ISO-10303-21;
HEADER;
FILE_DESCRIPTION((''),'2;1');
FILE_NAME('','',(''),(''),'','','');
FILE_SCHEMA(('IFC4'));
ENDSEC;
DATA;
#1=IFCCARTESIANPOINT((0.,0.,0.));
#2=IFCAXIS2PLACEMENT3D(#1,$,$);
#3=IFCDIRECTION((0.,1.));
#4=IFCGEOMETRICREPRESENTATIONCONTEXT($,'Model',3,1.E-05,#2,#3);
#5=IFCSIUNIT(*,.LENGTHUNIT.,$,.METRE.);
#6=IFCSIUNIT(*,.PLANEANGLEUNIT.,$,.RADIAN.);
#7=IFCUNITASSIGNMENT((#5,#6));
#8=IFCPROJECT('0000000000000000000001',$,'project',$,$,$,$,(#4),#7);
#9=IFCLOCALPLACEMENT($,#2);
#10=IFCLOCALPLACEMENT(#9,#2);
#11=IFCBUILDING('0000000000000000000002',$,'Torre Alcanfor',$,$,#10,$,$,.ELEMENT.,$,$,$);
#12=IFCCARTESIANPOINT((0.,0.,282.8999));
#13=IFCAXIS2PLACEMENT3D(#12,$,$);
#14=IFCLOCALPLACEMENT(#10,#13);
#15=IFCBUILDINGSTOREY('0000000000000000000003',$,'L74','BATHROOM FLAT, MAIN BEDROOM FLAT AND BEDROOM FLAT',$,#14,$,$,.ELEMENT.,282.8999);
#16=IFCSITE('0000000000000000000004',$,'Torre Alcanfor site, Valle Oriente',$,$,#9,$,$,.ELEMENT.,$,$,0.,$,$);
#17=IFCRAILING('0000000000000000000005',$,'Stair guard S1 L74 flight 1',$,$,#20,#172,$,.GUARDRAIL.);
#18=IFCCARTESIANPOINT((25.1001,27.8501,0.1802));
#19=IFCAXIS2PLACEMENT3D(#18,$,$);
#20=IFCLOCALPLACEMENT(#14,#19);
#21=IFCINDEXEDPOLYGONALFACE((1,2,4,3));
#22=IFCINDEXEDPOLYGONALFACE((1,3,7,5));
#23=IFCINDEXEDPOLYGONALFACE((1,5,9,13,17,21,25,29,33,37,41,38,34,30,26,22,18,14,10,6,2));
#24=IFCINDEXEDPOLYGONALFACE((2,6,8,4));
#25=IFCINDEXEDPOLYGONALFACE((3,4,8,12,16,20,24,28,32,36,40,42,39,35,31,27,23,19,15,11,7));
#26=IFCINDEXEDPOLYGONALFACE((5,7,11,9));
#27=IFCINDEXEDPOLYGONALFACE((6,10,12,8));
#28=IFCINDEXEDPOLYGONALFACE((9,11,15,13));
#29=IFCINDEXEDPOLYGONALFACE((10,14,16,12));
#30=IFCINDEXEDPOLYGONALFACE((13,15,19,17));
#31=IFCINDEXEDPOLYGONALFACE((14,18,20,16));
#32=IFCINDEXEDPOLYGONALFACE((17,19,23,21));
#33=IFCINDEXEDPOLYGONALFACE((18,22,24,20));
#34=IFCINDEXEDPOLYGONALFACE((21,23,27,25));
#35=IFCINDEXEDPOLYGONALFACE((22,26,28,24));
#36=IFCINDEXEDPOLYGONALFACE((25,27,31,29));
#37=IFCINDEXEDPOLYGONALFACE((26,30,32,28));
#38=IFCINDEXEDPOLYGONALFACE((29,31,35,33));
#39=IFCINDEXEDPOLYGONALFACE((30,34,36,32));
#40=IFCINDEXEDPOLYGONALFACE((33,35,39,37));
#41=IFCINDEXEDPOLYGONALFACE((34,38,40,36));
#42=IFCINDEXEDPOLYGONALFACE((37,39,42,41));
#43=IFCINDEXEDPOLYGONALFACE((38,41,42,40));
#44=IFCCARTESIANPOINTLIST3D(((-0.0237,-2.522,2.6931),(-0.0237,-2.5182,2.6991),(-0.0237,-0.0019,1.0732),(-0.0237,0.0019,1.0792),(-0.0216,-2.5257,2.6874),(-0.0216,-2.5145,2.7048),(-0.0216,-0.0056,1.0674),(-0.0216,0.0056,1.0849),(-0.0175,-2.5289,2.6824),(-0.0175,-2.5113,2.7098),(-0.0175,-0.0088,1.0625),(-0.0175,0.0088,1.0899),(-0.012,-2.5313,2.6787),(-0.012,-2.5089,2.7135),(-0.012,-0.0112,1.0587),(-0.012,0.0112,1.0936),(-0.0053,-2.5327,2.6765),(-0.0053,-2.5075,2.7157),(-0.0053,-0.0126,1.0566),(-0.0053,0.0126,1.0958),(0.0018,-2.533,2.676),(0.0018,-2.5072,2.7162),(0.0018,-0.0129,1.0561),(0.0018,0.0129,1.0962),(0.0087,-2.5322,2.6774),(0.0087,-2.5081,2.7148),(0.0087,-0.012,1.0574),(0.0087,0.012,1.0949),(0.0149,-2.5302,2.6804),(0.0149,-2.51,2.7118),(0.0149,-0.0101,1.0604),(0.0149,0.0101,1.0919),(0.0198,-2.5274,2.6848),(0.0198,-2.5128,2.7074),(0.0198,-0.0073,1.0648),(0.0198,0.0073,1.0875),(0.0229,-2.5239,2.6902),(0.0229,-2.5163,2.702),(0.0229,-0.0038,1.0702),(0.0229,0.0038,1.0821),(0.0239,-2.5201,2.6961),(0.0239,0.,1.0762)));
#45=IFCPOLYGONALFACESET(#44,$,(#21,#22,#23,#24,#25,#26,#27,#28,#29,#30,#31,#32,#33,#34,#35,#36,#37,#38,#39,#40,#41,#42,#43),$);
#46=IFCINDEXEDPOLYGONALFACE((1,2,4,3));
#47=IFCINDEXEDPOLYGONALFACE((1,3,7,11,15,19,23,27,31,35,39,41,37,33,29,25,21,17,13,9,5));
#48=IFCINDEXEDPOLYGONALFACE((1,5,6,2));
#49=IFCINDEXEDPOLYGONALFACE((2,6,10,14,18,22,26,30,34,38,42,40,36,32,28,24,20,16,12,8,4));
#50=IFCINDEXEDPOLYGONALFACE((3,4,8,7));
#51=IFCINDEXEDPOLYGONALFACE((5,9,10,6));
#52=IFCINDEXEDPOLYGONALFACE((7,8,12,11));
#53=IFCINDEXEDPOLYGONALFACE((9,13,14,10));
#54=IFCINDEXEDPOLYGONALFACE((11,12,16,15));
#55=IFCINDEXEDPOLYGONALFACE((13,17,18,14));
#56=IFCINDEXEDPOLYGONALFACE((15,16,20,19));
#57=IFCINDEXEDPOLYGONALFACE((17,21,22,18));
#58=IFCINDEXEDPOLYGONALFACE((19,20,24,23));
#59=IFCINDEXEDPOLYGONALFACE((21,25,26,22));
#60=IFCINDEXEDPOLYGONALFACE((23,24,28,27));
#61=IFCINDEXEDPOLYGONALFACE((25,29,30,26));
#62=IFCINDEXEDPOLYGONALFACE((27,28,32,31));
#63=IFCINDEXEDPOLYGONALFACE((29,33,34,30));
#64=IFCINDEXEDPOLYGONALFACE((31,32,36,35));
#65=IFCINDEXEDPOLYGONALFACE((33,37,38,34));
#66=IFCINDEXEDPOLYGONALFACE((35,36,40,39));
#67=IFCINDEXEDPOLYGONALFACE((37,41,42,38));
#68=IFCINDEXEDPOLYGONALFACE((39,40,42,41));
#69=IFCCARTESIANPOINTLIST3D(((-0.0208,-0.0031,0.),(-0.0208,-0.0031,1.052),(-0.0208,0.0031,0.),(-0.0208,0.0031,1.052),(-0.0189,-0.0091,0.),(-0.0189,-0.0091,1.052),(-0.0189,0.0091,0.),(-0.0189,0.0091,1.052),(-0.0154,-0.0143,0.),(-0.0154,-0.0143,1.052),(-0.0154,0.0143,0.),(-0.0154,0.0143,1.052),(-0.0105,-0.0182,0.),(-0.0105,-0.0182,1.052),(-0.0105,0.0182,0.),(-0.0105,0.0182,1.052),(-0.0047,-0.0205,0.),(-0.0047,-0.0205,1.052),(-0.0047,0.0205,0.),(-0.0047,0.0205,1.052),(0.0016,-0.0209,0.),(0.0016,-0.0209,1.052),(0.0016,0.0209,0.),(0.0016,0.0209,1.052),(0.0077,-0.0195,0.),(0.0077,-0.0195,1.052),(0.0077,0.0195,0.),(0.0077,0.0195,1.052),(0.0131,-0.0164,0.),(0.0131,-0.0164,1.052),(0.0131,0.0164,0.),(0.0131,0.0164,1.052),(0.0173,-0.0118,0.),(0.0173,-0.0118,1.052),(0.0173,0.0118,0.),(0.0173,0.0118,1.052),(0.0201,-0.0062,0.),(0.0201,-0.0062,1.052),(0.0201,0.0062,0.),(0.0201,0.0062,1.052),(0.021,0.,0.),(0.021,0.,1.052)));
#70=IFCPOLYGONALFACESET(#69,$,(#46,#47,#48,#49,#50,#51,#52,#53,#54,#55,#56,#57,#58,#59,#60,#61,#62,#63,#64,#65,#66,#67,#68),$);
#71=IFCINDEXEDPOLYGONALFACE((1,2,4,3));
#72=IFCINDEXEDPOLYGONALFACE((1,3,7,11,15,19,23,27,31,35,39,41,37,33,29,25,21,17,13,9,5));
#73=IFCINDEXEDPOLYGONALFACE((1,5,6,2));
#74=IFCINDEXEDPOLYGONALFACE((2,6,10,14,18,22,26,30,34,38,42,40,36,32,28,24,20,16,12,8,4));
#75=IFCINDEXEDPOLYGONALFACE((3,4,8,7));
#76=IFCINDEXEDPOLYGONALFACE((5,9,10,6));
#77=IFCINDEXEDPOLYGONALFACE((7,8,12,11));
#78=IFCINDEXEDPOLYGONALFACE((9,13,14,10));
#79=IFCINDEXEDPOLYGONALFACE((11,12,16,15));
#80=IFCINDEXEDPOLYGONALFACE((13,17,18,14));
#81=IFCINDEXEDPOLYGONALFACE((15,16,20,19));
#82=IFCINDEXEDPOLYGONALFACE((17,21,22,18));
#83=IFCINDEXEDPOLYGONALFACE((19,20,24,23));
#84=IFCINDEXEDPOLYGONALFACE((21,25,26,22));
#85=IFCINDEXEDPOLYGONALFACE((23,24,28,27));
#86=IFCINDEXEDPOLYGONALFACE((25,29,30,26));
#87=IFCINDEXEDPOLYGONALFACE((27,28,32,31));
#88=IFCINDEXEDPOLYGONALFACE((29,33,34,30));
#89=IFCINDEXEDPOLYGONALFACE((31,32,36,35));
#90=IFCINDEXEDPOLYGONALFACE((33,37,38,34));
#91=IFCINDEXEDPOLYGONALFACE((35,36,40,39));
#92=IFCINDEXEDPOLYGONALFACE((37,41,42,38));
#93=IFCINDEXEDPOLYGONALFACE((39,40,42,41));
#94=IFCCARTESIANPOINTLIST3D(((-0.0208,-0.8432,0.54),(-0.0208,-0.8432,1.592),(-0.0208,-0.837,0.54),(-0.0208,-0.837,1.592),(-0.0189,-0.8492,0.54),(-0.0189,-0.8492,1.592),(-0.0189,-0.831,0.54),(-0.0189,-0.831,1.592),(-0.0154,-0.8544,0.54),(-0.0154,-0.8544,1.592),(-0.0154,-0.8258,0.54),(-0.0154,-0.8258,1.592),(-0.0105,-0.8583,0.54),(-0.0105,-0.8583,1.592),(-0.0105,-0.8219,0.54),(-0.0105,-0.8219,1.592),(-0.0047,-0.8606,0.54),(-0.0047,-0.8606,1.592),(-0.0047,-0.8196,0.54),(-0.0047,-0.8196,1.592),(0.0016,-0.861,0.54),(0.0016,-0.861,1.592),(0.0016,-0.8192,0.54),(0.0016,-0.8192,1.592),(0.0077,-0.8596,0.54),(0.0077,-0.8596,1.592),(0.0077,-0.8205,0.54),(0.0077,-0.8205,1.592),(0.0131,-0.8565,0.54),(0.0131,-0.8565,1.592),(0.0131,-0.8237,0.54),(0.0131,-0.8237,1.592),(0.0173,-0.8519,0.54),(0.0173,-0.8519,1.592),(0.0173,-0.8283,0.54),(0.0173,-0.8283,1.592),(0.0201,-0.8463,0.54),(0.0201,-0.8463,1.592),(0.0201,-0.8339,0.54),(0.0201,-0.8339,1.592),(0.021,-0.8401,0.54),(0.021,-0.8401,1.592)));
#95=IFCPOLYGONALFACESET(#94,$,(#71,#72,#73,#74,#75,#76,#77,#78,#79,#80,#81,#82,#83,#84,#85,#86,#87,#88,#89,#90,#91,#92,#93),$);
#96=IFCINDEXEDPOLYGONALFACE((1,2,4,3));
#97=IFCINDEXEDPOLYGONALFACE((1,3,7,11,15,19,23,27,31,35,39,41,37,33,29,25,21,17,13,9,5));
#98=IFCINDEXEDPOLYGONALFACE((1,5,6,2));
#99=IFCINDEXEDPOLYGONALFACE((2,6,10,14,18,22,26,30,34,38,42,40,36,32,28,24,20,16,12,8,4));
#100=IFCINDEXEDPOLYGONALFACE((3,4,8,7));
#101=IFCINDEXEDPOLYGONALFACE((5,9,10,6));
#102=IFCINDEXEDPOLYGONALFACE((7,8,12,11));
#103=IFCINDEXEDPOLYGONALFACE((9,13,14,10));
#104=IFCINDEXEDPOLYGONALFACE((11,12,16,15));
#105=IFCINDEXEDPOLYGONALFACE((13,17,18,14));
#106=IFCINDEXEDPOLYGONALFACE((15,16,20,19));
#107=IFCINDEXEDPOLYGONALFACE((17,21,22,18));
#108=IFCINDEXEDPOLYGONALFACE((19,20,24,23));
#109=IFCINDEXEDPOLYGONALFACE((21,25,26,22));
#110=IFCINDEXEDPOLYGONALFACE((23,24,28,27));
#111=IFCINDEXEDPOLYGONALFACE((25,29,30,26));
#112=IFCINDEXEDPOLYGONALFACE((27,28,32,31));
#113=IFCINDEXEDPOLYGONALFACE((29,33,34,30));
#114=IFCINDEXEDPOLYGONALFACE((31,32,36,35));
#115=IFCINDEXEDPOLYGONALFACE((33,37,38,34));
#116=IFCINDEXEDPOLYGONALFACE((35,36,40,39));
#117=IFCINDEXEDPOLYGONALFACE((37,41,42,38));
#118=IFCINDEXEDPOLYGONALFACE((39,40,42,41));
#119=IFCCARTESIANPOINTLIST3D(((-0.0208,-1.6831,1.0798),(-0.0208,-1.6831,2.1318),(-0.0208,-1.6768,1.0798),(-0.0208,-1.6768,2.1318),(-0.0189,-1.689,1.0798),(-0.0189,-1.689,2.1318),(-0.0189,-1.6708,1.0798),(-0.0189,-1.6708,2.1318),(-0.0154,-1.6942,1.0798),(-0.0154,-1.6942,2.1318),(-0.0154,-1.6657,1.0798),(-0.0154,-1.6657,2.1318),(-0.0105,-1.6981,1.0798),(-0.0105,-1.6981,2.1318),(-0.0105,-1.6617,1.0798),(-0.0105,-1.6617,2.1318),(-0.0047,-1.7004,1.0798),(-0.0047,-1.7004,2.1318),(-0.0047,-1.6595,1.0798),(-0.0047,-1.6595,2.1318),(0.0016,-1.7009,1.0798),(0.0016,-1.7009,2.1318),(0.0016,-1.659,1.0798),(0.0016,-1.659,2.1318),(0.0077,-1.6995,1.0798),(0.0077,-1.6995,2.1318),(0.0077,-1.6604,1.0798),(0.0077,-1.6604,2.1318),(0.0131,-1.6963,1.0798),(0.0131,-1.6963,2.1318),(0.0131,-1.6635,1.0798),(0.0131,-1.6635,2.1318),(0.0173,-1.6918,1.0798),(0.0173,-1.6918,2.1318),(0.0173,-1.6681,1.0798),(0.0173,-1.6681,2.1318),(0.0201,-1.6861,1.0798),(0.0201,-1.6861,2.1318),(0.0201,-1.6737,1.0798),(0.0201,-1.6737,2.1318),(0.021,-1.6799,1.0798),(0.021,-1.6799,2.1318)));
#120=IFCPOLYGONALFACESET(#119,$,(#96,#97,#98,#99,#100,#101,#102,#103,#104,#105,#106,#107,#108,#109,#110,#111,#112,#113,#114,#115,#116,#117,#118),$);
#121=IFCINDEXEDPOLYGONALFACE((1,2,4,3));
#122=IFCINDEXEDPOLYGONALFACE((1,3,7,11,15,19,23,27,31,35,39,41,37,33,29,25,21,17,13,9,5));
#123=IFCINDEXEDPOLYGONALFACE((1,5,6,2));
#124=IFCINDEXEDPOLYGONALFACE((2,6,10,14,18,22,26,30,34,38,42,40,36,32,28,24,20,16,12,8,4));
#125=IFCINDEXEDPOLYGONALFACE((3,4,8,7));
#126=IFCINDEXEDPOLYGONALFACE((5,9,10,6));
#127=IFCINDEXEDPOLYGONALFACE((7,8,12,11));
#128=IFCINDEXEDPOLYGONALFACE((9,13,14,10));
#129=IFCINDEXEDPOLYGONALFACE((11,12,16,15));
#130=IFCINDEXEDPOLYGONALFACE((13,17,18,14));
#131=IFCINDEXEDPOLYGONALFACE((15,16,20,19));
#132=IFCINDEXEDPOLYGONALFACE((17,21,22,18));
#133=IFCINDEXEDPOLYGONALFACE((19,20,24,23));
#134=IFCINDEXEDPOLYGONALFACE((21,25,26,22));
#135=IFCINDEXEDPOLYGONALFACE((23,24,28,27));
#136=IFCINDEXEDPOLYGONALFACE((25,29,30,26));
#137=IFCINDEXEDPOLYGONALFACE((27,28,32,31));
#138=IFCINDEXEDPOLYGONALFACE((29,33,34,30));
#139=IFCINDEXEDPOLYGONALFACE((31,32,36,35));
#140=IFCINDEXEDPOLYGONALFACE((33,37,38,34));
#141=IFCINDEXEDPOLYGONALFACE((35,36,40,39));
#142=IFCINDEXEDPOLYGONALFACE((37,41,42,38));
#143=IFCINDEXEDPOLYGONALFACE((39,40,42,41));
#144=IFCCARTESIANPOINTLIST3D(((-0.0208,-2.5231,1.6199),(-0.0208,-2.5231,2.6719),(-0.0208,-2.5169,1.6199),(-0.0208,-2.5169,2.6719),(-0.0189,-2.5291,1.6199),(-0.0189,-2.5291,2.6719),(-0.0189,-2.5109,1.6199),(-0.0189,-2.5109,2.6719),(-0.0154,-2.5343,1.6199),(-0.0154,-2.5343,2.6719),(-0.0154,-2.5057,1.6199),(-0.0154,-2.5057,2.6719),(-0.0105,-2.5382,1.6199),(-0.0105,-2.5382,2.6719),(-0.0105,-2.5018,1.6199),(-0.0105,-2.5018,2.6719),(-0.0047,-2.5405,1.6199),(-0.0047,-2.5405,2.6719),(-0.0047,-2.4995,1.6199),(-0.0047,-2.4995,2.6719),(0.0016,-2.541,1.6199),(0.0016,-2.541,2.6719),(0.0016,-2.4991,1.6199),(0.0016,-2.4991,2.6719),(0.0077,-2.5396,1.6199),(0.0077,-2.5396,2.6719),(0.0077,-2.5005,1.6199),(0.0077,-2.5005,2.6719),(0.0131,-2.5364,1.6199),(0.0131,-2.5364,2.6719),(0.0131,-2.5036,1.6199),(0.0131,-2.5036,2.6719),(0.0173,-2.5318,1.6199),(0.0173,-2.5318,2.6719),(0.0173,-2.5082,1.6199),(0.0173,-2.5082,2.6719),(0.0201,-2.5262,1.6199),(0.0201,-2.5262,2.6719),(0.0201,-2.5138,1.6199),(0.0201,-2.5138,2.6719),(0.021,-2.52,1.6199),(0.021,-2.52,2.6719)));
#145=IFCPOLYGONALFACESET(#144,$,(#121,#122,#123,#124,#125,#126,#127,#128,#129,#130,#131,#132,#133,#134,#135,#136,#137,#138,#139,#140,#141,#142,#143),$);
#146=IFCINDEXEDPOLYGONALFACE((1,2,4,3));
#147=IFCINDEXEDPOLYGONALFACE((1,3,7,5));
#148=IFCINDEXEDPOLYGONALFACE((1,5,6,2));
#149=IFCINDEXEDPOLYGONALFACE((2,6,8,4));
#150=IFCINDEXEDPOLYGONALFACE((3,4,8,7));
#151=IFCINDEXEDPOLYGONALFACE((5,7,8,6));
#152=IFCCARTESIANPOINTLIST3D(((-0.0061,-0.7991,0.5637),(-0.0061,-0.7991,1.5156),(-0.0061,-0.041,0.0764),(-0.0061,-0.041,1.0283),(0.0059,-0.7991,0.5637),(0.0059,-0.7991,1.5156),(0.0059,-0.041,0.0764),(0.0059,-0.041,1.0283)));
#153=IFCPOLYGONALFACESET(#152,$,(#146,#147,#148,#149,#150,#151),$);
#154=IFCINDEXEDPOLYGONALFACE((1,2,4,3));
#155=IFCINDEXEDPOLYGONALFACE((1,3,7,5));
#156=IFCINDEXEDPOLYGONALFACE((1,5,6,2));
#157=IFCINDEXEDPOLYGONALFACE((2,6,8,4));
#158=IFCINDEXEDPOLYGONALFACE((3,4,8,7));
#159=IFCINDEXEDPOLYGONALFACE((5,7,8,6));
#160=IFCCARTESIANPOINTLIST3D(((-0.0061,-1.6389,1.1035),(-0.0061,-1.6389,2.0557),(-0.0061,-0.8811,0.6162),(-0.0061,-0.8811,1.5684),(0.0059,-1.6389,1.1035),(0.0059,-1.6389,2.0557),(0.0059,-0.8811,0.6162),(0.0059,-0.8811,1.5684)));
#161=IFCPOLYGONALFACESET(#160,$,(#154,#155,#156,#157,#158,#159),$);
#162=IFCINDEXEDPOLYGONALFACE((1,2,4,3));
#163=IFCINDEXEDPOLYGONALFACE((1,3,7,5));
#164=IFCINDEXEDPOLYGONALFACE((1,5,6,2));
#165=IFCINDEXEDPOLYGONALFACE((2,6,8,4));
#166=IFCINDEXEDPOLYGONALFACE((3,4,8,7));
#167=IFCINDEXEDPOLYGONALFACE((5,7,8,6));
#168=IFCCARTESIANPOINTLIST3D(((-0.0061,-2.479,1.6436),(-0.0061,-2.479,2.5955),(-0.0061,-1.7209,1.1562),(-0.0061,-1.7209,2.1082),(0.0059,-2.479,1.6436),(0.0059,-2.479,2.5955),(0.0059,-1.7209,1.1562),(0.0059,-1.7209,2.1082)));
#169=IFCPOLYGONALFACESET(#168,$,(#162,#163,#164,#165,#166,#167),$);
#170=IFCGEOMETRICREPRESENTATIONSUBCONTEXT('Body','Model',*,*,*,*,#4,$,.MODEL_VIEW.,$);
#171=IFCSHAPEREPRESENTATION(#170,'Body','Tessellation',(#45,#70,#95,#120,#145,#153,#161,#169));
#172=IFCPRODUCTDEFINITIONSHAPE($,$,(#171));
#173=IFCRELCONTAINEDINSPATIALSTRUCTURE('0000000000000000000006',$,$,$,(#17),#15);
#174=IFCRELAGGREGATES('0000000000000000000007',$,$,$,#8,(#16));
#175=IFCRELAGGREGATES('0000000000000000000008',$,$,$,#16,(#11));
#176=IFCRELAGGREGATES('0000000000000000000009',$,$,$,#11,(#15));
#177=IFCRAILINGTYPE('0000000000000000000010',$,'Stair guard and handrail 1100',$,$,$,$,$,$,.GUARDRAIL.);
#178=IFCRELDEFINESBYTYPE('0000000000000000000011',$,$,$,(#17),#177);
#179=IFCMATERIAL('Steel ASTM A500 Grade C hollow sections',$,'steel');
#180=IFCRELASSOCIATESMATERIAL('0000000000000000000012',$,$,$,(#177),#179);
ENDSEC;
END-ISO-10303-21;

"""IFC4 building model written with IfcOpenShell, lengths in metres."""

from ifc_helpers import new_model, si_unit, direction, frame, origin, origin_2d, place, context, subcontext, project, spatial, polyline, circle, outline, extrude, material, type_object, element, save


model = new_model("IFC4")

# Units and contexts
model_context = context("Model", 3, precision=1e-05, world=origin(), true_north=direction((0.0, 1.0)))
body_context = subcontext(model_context, "Body", "Model", "MODEL_VIEW")
ifc_project = project(units=[si_unit("LENGTHUNIT", "METRE"), si_unit("PLANEANGLEUNIT", "RADIAN")], contexts=[model_context])

# Site, building, storey
site_placement = place(None, origin())
site = spatial("IfcSite", under=ifc_project, at=site_placement, Name="Torre Alcanfor site, Valle Oriente", CompositionType="ELEMENT", RefElevation=0.0)
building_placement = place(site_placement, origin())
building = spatial("IfcBuilding", under=site, at=building_placement, Name="Torre Alcanfor", CompositionType="ELEMENT")
storey_placement = place(building_placement, frame((0.0, 0.0, 282.8999)))
storey = spatial("IfcBuildingStorey", under=building, at=storey_placement, Name="L74", Description="BATHROOM FLAT, MAIN BEDROOM FLAT AND BEDROOM FLAT", CompositionType="ELEMENT", Elevation=282.8999)

# Railing
ifc_material_1 = material(Name="Steel ASTM A500 Grade C hollow sections", Category="steel")
railing_type_1 = type_object("IfcRailingType", Name="Stair guard and handrail 1100", PredefinedType="GUARDRAIL", material=ifc_material_1)
railing_1_placement = place(storey_placement, frame((25.1001, 27.8501, 0.1802)))
element("IfcRailing", 1, at=railing_1_placement, inside=storey, type_object=railing_type_1, Name="Stair guard S1 L74 flight 1", PredefinedType="GUARDRAIL", context=body_context, shape_type="SweptSolid", body=[
    extrude(circle(Radius=0.0239, at=origin_2d()), frame((0.0, 0.0, 1.0762), z_axis=(0.0, -0.8412, 0.540725), x_axis=(1.0, 0.0, 0.0)), (0.0, 0.0, 1.0), 2.9958),
    extrude(circle(Radius=0.021, at=origin_2d()), origin(), (0.0, 0.0, 1.0), 1.052),
    extrude(circle(Radius=0.021, at=origin_2d()), frame((0.0, -0.8401, 0.54)), (0.0, 0.0, 1.0), 1.052),
    extrude(circle(Radius=0.021, at=origin_2d()), frame((0.0, -1.6799, 1.0798)), (0.0, 0.0, 1.0), 1.052),
    extrude(circle(Radius=0.021, at=origin_2d()), frame((0.0, -2.52, 1.6199)), (0.0, 0.0, 1.0), 1.052),
    extrude(outline(polyline([(0.041, 0.0764), (0.7991, 0.5637), (0.7991, 1.5156), (0.041, 1.0283), (0.041, 0.0764)])), frame((0.0059, 0.0, 0.0), z_axis=(-1.0, 0.0, 0.0), x_axis=(0.0, -1.0, 0.0)), (0.0, 0.0, 1.0), 0.012),
    extrude(outline(polyline([(0.8811, 0.6162), (1.6389, 1.1035), (1.6389, 2.0557), (0.8811, 1.5684), (0.8811, 0.6162)])), frame((0.0059, 0.0, 0.0), z_axis=(-1.0, 0.0, 0.0), x_axis=(0.0, -1.0, 0.0)), (0.0, 0.0, 1.0), 0.012),
    extrude(outline(polyline([(1.7209, 1.1562), (2.479, 1.6436), (2.479, 2.5955), (1.7209, 2.1082), (1.7209, 1.1562)])), frame((0.0059, 0.0, 0.0), z_axis=(-1.0, 0.0, 0.0), x_axis=(0.0, -1.0, 0.0)), (0.0, 0.0, 1.0), 0.012),
])

save(model, "model.ifc")
